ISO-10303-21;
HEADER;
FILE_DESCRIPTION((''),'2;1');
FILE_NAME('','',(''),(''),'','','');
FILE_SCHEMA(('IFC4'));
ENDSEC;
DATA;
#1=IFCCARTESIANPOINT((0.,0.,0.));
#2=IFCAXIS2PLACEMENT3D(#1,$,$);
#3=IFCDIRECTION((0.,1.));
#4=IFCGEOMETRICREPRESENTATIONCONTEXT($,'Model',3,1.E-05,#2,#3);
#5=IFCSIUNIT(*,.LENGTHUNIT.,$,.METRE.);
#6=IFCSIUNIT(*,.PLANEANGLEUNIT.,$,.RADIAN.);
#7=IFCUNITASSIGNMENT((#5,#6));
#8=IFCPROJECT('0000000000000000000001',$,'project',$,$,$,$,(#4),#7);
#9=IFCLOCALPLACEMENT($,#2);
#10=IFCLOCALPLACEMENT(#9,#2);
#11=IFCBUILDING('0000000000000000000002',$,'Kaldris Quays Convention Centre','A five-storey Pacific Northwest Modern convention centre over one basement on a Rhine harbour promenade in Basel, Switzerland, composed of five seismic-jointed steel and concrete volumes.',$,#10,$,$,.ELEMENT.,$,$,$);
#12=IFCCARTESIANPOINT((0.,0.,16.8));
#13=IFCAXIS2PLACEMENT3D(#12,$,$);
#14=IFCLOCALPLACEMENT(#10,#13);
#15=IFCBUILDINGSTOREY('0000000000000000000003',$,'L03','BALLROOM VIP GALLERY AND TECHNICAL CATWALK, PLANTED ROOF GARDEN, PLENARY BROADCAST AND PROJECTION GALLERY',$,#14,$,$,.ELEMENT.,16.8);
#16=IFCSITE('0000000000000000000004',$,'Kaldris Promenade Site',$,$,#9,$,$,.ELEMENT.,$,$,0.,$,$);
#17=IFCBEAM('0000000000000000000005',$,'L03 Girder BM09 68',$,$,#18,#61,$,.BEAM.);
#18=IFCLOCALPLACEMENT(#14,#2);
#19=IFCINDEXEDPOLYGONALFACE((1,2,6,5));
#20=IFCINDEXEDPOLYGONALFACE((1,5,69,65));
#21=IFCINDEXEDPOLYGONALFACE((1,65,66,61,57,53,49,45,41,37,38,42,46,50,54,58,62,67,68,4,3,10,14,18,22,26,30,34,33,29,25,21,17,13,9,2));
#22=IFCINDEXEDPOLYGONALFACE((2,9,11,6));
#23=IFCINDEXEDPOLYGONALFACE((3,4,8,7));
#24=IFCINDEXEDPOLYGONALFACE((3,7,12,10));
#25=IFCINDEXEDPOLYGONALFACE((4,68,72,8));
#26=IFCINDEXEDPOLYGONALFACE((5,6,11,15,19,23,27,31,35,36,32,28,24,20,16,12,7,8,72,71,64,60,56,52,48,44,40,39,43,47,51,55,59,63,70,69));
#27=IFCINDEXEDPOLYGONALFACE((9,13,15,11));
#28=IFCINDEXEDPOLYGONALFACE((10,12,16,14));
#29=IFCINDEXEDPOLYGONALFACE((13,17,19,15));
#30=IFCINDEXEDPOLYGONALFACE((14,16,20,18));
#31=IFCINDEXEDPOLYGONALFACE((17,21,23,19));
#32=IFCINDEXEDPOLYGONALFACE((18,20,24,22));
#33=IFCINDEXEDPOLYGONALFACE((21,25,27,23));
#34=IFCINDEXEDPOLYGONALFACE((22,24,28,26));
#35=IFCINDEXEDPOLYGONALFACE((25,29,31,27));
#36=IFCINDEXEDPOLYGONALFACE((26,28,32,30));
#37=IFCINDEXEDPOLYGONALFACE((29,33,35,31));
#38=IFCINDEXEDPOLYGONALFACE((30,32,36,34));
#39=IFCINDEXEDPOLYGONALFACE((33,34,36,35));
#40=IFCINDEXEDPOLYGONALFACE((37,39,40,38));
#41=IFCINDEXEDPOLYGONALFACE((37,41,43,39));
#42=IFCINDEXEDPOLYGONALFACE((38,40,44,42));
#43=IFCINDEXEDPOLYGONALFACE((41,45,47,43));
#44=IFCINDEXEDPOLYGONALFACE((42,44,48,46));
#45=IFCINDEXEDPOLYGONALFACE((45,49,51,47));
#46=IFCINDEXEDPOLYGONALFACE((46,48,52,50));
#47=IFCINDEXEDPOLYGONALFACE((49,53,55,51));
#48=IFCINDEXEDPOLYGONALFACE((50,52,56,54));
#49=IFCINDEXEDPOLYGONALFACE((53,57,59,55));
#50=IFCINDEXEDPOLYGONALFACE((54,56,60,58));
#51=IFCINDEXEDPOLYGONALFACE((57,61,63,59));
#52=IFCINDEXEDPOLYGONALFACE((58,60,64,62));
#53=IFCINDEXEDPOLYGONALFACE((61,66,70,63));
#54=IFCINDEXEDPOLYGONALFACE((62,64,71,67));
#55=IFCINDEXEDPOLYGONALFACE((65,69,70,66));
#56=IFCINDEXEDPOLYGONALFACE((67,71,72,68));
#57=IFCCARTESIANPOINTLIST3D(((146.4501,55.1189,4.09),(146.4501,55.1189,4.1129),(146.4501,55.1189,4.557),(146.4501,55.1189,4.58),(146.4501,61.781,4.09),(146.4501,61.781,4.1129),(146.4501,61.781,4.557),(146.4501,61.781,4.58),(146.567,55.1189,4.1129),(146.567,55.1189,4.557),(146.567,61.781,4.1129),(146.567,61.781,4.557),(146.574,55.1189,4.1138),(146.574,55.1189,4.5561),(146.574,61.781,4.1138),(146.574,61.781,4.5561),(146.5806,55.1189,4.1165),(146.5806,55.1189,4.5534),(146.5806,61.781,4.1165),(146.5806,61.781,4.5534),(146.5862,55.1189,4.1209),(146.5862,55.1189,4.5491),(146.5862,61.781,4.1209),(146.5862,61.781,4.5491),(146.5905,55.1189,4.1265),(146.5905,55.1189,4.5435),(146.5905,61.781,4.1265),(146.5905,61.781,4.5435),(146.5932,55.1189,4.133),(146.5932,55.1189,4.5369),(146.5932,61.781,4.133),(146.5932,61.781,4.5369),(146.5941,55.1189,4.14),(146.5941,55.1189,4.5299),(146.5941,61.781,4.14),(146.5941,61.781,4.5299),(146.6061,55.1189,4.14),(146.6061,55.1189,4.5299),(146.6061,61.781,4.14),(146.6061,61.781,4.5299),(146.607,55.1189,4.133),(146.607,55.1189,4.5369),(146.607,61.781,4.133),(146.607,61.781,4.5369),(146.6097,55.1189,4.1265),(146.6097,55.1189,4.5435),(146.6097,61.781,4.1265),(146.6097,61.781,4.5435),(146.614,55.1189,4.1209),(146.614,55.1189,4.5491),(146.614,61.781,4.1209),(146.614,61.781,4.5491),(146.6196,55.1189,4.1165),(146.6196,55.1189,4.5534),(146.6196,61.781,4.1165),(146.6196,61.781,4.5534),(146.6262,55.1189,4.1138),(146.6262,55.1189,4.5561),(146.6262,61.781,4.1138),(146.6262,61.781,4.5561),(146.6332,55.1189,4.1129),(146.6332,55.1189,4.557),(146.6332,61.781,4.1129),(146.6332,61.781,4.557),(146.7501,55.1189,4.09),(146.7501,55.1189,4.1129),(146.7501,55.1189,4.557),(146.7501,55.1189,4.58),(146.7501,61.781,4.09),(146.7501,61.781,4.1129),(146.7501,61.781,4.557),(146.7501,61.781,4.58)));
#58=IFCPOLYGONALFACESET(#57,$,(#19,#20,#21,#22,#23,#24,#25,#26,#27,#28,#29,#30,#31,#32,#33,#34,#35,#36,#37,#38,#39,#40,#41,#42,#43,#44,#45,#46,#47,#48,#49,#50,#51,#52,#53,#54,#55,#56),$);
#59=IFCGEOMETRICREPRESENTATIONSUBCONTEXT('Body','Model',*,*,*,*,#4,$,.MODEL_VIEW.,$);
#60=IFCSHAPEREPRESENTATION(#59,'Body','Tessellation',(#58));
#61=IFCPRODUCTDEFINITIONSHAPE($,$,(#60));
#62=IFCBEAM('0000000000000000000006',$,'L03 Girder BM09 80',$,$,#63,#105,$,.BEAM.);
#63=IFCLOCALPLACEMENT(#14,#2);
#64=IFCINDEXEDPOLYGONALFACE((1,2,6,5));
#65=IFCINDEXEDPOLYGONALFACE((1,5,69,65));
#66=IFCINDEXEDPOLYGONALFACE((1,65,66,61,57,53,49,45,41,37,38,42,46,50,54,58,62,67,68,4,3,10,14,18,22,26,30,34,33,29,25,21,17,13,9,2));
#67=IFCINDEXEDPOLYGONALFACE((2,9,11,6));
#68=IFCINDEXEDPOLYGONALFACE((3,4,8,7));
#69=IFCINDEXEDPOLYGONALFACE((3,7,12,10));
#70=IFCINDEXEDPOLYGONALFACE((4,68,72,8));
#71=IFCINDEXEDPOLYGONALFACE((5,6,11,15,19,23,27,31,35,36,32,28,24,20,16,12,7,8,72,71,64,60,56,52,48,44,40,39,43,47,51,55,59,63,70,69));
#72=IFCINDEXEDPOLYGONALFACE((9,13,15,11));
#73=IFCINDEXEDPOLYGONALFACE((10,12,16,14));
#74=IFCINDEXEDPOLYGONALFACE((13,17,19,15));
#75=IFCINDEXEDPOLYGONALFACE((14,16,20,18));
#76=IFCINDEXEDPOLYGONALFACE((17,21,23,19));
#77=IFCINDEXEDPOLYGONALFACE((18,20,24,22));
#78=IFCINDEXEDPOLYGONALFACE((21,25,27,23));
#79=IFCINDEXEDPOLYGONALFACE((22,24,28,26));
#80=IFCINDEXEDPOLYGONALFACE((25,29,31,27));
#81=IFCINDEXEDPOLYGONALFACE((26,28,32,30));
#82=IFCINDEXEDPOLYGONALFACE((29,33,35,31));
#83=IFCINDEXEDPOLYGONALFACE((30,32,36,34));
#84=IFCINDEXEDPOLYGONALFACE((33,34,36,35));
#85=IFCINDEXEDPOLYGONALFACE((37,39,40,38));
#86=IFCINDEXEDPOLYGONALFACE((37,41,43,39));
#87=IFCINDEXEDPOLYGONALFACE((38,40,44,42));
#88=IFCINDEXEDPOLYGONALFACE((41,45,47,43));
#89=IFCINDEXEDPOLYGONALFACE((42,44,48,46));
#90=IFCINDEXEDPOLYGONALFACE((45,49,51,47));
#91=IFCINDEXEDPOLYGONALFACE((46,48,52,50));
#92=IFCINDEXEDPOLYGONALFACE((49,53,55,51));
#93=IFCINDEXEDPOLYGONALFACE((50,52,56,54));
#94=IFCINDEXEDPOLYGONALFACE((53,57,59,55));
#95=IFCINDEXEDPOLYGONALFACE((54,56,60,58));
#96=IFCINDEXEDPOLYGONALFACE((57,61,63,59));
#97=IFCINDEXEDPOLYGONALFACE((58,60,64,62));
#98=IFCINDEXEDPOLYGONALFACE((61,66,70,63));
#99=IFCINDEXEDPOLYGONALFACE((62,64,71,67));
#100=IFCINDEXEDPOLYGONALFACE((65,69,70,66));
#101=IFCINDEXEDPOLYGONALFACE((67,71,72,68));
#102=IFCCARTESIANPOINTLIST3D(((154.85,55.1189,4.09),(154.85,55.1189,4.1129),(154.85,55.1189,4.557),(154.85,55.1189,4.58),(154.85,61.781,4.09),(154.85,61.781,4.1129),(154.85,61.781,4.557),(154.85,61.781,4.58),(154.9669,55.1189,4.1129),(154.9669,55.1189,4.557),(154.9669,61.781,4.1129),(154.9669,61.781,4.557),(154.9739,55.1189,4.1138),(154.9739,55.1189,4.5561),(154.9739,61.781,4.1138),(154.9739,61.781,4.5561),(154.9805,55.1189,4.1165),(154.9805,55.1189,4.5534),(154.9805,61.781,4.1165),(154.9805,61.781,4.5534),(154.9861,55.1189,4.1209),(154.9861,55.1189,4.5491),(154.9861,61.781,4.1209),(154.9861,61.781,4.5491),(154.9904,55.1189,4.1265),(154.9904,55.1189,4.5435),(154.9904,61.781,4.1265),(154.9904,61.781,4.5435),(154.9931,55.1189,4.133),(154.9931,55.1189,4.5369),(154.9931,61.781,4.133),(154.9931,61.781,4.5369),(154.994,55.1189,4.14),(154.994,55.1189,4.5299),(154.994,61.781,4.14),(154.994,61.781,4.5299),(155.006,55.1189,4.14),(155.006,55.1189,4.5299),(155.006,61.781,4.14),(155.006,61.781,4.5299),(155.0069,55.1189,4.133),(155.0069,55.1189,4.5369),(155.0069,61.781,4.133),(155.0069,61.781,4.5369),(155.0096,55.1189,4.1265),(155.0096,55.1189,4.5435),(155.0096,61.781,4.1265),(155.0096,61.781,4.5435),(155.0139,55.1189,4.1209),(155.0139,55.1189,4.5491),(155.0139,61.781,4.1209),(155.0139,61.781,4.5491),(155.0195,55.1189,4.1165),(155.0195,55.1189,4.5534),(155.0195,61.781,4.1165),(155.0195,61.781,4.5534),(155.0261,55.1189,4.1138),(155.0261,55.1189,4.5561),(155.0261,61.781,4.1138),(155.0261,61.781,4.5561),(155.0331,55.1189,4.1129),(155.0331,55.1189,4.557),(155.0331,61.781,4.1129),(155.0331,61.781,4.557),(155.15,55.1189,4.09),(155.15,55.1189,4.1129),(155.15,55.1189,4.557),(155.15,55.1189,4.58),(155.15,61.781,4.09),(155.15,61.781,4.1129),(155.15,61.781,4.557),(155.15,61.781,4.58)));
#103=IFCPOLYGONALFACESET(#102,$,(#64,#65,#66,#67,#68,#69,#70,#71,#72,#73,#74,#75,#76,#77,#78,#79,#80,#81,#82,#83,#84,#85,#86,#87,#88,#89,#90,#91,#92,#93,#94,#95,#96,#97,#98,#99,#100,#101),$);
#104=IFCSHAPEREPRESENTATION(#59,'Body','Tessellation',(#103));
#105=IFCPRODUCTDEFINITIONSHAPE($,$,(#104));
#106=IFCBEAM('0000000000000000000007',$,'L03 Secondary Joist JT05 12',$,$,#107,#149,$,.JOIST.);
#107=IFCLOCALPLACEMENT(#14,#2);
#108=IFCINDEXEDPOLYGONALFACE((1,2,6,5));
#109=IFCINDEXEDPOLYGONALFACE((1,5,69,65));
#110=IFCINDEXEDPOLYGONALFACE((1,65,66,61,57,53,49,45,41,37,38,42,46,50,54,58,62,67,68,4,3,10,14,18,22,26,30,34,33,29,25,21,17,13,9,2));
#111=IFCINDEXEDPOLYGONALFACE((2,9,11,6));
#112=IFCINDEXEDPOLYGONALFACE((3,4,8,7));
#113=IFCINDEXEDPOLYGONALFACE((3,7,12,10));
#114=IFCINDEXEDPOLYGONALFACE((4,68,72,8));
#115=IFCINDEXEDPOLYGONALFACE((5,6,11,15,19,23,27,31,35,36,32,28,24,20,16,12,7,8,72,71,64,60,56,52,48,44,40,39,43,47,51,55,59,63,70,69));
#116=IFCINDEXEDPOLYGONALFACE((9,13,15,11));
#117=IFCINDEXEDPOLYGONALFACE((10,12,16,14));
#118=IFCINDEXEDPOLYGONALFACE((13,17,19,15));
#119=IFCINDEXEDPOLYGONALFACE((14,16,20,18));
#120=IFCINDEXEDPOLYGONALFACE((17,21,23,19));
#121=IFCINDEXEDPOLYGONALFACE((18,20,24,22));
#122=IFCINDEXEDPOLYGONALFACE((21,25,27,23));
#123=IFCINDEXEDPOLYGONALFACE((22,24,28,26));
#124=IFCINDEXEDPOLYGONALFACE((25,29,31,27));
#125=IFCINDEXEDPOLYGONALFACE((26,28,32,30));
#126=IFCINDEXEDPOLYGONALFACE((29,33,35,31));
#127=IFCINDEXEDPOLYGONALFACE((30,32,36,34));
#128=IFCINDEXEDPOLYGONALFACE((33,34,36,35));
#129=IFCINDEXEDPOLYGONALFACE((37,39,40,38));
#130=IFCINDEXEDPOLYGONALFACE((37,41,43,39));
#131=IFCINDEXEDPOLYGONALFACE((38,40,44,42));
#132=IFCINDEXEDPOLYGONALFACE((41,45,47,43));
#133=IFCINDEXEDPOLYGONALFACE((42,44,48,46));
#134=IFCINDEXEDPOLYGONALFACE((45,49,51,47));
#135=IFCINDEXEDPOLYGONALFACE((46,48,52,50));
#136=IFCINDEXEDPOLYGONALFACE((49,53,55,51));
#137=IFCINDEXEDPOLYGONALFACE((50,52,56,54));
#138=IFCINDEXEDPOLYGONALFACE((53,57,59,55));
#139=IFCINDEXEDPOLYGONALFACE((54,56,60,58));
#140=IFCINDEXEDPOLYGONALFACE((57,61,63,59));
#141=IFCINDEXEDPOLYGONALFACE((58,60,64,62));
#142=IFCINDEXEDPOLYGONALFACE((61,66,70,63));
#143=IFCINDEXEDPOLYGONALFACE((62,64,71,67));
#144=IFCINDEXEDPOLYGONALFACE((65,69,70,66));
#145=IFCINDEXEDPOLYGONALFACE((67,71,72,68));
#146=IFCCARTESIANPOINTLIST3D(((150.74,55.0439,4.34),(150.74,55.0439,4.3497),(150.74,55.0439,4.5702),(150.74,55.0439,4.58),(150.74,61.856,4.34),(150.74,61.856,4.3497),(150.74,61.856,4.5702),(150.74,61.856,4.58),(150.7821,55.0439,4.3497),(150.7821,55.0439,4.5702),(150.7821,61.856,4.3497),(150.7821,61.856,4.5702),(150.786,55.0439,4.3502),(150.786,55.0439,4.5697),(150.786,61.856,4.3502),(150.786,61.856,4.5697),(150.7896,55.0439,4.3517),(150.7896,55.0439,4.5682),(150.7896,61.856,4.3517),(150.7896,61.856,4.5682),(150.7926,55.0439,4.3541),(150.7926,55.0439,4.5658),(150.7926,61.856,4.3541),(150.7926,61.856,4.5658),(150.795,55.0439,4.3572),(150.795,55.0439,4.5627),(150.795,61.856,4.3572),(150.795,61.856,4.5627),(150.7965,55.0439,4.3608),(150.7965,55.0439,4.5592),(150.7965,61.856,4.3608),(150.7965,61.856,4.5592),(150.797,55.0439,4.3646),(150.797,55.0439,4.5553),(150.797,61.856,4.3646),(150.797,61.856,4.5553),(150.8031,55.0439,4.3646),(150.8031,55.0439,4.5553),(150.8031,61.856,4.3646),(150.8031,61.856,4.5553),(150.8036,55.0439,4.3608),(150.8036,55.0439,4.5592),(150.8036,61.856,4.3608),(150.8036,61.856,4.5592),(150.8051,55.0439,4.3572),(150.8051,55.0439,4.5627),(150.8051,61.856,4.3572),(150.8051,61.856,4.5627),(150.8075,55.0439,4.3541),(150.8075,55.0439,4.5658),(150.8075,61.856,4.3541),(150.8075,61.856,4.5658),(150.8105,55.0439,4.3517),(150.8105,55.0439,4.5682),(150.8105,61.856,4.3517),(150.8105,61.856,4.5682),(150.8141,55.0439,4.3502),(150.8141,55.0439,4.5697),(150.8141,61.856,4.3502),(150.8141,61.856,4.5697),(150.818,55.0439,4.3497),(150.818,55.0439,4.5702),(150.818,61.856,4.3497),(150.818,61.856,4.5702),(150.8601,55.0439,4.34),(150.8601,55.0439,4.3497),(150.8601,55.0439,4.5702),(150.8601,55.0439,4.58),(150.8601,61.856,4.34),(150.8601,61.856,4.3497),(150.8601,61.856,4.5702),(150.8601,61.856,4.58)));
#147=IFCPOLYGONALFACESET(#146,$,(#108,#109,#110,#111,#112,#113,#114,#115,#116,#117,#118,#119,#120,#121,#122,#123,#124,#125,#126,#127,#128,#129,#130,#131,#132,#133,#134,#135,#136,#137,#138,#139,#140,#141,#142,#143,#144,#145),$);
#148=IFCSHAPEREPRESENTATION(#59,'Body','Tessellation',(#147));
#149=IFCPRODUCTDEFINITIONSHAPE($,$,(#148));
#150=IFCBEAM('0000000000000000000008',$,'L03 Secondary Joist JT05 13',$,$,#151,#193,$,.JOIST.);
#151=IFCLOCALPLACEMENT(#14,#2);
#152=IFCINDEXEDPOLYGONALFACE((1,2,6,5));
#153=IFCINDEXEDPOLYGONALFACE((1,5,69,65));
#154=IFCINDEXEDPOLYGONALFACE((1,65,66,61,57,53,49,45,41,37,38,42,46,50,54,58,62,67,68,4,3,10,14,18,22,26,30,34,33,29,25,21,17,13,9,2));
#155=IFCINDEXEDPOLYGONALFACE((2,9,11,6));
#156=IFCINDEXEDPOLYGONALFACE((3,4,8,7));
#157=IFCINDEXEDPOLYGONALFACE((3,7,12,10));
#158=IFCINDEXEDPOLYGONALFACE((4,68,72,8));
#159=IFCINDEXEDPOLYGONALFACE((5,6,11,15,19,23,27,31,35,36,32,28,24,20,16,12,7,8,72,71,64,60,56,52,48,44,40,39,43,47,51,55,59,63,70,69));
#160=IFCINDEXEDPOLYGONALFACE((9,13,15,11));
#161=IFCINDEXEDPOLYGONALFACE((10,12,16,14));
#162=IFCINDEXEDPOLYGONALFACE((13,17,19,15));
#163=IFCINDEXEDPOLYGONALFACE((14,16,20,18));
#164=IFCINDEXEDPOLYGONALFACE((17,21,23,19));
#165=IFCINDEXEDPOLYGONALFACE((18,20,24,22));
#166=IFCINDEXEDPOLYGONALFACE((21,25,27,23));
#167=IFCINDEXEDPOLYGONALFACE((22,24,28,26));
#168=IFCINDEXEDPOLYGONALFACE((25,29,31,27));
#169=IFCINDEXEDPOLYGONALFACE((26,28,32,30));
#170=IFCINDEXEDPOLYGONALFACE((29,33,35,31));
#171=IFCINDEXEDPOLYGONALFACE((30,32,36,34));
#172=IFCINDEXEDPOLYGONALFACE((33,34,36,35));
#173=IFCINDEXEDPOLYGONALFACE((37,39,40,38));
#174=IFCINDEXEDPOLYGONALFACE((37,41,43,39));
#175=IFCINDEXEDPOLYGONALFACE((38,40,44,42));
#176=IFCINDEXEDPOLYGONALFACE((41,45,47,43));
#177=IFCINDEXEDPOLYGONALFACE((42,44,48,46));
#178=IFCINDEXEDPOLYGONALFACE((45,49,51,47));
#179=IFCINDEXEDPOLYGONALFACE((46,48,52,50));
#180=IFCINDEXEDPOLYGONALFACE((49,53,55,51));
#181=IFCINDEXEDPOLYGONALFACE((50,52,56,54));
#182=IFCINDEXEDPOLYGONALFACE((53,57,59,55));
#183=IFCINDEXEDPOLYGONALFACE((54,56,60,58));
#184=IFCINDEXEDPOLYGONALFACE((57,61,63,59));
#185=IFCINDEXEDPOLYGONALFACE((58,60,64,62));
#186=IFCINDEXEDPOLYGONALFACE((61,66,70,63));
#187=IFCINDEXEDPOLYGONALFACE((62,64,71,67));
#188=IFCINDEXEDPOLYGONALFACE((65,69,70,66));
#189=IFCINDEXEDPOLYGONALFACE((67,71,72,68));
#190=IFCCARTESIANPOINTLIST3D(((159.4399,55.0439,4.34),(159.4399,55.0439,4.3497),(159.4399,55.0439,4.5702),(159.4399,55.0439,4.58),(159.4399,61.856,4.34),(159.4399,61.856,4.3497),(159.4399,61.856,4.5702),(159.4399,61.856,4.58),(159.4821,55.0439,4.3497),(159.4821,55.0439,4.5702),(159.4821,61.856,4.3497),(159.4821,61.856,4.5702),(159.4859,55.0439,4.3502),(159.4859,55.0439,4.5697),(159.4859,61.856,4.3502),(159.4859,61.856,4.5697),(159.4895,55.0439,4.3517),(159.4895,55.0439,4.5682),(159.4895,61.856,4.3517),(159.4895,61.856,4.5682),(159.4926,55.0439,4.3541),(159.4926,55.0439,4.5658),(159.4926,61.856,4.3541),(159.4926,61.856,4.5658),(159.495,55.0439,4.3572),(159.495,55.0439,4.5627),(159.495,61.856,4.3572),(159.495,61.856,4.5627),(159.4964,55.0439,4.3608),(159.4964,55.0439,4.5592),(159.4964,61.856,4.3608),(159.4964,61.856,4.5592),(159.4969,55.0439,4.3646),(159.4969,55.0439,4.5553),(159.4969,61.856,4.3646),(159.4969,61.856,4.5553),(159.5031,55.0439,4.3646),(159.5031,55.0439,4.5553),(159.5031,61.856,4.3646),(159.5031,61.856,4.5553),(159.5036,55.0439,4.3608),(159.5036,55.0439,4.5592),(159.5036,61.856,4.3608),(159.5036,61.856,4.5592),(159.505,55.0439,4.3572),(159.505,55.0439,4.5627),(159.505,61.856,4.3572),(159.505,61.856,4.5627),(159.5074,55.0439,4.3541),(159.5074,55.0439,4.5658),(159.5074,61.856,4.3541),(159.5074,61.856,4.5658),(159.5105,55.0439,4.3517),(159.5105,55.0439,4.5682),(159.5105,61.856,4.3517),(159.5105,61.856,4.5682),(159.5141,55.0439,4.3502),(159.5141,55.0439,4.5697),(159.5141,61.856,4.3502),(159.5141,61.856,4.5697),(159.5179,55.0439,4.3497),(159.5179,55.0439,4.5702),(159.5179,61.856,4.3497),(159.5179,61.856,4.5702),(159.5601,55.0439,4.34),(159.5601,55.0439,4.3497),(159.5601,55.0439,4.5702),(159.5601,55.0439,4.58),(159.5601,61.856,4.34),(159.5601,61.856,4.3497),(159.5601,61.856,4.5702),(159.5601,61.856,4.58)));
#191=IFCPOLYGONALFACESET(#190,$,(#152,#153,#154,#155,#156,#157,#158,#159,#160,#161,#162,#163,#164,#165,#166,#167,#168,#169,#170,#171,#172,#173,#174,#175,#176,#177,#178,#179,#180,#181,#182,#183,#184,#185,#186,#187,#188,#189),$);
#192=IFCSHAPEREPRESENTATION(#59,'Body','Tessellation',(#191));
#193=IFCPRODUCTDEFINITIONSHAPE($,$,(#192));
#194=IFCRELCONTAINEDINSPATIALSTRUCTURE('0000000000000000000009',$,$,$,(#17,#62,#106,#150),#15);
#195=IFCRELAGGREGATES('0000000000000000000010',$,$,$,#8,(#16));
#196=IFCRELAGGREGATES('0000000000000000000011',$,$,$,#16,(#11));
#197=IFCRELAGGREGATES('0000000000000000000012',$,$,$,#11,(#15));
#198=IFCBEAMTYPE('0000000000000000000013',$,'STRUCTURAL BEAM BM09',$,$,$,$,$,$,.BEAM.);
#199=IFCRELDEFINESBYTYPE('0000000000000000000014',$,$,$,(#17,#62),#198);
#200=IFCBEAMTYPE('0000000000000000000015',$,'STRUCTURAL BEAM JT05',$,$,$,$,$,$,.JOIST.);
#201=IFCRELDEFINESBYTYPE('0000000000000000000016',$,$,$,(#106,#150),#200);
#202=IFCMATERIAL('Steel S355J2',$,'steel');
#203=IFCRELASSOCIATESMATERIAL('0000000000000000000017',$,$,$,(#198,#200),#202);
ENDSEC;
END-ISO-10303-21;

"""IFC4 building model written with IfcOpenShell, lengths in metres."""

from ifc_helpers import new_model, si_unit, direction, frame, origin, origin_2d, place, context, subcontext, project, spatial, i_section, extrude, material, material_profile, profile_set, type_object, element, save


model = new_model("IFC4")

# Units and contexts
model_context = context("Model", 3, precision=1e-05, world=origin(), true_north=direction((0.0, 1.0)))
body_context = subcontext(model_context, "Body", "Model", "MODEL_VIEW")
ifc_project = project(units=[si_unit("LENGTHUNIT", "METRE"), si_unit("PLANEANGLEUNIT", "RADIAN")], contexts=[model_context])

# Site, building, storey
site_placement = place(None, origin())
site = spatial("IfcSite", under=ifc_project, at=site_placement, Name="Kaldris Promenade Site", CompositionType="ELEMENT", RefElevation=0.0)
building_placement = place(site_placement, origin())
building = spatial("IfcBuilding", under=site, at=building_placement, Name="Kaldris Quays Convention Centre", Description="A five-storey Pacific Northwest Modern convention centre over one basement on a Rhine harbour promenade in Basel, Switzerland, composed of five seismic-jointed steel and concrete volumes.", CompositionType="ELEMENT")
storey_placement = place(building_placement, frame((0.0, 0.0, 16.8)))
storey = spatial("IfcBuildingStorey", under=building, at=storey_placement, Name="L03", Description="BALLROOM VIP GALLERY AND TECHNICAL CATWALK, PLANTED ROOF GARDEN, PLENARY BROADCAST AND PROJECTION GALLERY", CompositionType="ELEMENT", Elevation=16.8)

# Shared definitions
ifc_material_1 = material(Name="Steel S355J2", Category="steel")

# Beams
ifc_material_profile_1 = material_profile(ifc_material_1, i_section(OverallWidth=0.3, OverallDepth=0.49, WebThickness=0.012, FlangeThickness=0.0229, FilletRadius=0.0271, at=origin_2d()), Name="HEA 500")
ifc_profile_set_1 = profile_set([ifc_material_profile_1], Name="Steel S355J2")
beam_type_1 = type_object("IfcBeamType", Name="STRUCTURAL BEAM BM09", PredefinedType="BEAM", material=ifc_profile_set_1)
for number, where, z_axis, x_axis, name in (
    (1, (146.6001, 55.1189, 4.335), (0.0, 1.0, 0.0), (-1.0, 0.0, 0.0), "L03 Girder BM09 68"),
    (2, (155.0, 55.1189, 4.335), (0.0, 1.0, 0.0), (-1.0, 0.0, 0.0), "L03 Girder BM09 80"),
):
    element("IfcBeam", number, at=place(storey_placement, frame(where, z_axis=z_axis, x_axis=x_axis)), inside=storey, type_object=beam_type_1, Name=name, PredefinedType="BEAM", context=body_context, shape_type="SweptSolid", body=[
        extrude(i_section(OverallWidth=0.3, OverallDepth=0.49, WebThickness=0.012, FlangeThickness=0.0229, FilletRadius=0.0271, at=origin_2d()), origin(), (0.0, 0.0, 1.0), 6.6621),
    ])
ifc_material_profile_2 = material_profile(ifc_material_1, i_section(OverallWidth=0.1201, OverallDepth=0.24, WebThickness=0.0061, FlangeThickness=0.0098, FilletRadius=0.0149, at=origin_2d()), Name="IPE 240")
ifc_profile_set_2 = profile_set([ifc_material_profile_2], Name="Steel S355J2")
beam_type_2 = type_object("IfcBeamType", Name="STRUCTURAL BEAM JT05", PredefinedType="JOIST", material=ifc_profile_set_2)
for number, where, z_axis, x_axis, name in (
    (3, (150.8, 55.0439, 4.46), (0.0, 1.0, 0.0), (-1.0, 0.0, 0.0), "L03 Secondary Joist JT05 12"),
    (4, (159.5, 55.0439, 4.46), (0.0, 1.0, 0.0), (-1.0, 0.0, 0.0), "L03 Secondary Joist JT05 13"),
):
    element("IfcBeam", number, at=place(storey_placement, frame(where, z_axis=z_axis, x_axis=x_axis)), inside=storey, type_object=beam_type_2, Name=name, PredefinedType="JOIST", context=body_context, shape_type="SweptSolid", body=[
        extrude(i_section(OverallWidth=0.1201, OverallDepth=0.24, WebThickness=0.0061, FlangeThickness=0.0098, FilletRadius=0.0149, at=origin_2d()), origin(), (0.0, 0.0, 1.0), 6.812),
    ])

save(model, "model.ifc")
